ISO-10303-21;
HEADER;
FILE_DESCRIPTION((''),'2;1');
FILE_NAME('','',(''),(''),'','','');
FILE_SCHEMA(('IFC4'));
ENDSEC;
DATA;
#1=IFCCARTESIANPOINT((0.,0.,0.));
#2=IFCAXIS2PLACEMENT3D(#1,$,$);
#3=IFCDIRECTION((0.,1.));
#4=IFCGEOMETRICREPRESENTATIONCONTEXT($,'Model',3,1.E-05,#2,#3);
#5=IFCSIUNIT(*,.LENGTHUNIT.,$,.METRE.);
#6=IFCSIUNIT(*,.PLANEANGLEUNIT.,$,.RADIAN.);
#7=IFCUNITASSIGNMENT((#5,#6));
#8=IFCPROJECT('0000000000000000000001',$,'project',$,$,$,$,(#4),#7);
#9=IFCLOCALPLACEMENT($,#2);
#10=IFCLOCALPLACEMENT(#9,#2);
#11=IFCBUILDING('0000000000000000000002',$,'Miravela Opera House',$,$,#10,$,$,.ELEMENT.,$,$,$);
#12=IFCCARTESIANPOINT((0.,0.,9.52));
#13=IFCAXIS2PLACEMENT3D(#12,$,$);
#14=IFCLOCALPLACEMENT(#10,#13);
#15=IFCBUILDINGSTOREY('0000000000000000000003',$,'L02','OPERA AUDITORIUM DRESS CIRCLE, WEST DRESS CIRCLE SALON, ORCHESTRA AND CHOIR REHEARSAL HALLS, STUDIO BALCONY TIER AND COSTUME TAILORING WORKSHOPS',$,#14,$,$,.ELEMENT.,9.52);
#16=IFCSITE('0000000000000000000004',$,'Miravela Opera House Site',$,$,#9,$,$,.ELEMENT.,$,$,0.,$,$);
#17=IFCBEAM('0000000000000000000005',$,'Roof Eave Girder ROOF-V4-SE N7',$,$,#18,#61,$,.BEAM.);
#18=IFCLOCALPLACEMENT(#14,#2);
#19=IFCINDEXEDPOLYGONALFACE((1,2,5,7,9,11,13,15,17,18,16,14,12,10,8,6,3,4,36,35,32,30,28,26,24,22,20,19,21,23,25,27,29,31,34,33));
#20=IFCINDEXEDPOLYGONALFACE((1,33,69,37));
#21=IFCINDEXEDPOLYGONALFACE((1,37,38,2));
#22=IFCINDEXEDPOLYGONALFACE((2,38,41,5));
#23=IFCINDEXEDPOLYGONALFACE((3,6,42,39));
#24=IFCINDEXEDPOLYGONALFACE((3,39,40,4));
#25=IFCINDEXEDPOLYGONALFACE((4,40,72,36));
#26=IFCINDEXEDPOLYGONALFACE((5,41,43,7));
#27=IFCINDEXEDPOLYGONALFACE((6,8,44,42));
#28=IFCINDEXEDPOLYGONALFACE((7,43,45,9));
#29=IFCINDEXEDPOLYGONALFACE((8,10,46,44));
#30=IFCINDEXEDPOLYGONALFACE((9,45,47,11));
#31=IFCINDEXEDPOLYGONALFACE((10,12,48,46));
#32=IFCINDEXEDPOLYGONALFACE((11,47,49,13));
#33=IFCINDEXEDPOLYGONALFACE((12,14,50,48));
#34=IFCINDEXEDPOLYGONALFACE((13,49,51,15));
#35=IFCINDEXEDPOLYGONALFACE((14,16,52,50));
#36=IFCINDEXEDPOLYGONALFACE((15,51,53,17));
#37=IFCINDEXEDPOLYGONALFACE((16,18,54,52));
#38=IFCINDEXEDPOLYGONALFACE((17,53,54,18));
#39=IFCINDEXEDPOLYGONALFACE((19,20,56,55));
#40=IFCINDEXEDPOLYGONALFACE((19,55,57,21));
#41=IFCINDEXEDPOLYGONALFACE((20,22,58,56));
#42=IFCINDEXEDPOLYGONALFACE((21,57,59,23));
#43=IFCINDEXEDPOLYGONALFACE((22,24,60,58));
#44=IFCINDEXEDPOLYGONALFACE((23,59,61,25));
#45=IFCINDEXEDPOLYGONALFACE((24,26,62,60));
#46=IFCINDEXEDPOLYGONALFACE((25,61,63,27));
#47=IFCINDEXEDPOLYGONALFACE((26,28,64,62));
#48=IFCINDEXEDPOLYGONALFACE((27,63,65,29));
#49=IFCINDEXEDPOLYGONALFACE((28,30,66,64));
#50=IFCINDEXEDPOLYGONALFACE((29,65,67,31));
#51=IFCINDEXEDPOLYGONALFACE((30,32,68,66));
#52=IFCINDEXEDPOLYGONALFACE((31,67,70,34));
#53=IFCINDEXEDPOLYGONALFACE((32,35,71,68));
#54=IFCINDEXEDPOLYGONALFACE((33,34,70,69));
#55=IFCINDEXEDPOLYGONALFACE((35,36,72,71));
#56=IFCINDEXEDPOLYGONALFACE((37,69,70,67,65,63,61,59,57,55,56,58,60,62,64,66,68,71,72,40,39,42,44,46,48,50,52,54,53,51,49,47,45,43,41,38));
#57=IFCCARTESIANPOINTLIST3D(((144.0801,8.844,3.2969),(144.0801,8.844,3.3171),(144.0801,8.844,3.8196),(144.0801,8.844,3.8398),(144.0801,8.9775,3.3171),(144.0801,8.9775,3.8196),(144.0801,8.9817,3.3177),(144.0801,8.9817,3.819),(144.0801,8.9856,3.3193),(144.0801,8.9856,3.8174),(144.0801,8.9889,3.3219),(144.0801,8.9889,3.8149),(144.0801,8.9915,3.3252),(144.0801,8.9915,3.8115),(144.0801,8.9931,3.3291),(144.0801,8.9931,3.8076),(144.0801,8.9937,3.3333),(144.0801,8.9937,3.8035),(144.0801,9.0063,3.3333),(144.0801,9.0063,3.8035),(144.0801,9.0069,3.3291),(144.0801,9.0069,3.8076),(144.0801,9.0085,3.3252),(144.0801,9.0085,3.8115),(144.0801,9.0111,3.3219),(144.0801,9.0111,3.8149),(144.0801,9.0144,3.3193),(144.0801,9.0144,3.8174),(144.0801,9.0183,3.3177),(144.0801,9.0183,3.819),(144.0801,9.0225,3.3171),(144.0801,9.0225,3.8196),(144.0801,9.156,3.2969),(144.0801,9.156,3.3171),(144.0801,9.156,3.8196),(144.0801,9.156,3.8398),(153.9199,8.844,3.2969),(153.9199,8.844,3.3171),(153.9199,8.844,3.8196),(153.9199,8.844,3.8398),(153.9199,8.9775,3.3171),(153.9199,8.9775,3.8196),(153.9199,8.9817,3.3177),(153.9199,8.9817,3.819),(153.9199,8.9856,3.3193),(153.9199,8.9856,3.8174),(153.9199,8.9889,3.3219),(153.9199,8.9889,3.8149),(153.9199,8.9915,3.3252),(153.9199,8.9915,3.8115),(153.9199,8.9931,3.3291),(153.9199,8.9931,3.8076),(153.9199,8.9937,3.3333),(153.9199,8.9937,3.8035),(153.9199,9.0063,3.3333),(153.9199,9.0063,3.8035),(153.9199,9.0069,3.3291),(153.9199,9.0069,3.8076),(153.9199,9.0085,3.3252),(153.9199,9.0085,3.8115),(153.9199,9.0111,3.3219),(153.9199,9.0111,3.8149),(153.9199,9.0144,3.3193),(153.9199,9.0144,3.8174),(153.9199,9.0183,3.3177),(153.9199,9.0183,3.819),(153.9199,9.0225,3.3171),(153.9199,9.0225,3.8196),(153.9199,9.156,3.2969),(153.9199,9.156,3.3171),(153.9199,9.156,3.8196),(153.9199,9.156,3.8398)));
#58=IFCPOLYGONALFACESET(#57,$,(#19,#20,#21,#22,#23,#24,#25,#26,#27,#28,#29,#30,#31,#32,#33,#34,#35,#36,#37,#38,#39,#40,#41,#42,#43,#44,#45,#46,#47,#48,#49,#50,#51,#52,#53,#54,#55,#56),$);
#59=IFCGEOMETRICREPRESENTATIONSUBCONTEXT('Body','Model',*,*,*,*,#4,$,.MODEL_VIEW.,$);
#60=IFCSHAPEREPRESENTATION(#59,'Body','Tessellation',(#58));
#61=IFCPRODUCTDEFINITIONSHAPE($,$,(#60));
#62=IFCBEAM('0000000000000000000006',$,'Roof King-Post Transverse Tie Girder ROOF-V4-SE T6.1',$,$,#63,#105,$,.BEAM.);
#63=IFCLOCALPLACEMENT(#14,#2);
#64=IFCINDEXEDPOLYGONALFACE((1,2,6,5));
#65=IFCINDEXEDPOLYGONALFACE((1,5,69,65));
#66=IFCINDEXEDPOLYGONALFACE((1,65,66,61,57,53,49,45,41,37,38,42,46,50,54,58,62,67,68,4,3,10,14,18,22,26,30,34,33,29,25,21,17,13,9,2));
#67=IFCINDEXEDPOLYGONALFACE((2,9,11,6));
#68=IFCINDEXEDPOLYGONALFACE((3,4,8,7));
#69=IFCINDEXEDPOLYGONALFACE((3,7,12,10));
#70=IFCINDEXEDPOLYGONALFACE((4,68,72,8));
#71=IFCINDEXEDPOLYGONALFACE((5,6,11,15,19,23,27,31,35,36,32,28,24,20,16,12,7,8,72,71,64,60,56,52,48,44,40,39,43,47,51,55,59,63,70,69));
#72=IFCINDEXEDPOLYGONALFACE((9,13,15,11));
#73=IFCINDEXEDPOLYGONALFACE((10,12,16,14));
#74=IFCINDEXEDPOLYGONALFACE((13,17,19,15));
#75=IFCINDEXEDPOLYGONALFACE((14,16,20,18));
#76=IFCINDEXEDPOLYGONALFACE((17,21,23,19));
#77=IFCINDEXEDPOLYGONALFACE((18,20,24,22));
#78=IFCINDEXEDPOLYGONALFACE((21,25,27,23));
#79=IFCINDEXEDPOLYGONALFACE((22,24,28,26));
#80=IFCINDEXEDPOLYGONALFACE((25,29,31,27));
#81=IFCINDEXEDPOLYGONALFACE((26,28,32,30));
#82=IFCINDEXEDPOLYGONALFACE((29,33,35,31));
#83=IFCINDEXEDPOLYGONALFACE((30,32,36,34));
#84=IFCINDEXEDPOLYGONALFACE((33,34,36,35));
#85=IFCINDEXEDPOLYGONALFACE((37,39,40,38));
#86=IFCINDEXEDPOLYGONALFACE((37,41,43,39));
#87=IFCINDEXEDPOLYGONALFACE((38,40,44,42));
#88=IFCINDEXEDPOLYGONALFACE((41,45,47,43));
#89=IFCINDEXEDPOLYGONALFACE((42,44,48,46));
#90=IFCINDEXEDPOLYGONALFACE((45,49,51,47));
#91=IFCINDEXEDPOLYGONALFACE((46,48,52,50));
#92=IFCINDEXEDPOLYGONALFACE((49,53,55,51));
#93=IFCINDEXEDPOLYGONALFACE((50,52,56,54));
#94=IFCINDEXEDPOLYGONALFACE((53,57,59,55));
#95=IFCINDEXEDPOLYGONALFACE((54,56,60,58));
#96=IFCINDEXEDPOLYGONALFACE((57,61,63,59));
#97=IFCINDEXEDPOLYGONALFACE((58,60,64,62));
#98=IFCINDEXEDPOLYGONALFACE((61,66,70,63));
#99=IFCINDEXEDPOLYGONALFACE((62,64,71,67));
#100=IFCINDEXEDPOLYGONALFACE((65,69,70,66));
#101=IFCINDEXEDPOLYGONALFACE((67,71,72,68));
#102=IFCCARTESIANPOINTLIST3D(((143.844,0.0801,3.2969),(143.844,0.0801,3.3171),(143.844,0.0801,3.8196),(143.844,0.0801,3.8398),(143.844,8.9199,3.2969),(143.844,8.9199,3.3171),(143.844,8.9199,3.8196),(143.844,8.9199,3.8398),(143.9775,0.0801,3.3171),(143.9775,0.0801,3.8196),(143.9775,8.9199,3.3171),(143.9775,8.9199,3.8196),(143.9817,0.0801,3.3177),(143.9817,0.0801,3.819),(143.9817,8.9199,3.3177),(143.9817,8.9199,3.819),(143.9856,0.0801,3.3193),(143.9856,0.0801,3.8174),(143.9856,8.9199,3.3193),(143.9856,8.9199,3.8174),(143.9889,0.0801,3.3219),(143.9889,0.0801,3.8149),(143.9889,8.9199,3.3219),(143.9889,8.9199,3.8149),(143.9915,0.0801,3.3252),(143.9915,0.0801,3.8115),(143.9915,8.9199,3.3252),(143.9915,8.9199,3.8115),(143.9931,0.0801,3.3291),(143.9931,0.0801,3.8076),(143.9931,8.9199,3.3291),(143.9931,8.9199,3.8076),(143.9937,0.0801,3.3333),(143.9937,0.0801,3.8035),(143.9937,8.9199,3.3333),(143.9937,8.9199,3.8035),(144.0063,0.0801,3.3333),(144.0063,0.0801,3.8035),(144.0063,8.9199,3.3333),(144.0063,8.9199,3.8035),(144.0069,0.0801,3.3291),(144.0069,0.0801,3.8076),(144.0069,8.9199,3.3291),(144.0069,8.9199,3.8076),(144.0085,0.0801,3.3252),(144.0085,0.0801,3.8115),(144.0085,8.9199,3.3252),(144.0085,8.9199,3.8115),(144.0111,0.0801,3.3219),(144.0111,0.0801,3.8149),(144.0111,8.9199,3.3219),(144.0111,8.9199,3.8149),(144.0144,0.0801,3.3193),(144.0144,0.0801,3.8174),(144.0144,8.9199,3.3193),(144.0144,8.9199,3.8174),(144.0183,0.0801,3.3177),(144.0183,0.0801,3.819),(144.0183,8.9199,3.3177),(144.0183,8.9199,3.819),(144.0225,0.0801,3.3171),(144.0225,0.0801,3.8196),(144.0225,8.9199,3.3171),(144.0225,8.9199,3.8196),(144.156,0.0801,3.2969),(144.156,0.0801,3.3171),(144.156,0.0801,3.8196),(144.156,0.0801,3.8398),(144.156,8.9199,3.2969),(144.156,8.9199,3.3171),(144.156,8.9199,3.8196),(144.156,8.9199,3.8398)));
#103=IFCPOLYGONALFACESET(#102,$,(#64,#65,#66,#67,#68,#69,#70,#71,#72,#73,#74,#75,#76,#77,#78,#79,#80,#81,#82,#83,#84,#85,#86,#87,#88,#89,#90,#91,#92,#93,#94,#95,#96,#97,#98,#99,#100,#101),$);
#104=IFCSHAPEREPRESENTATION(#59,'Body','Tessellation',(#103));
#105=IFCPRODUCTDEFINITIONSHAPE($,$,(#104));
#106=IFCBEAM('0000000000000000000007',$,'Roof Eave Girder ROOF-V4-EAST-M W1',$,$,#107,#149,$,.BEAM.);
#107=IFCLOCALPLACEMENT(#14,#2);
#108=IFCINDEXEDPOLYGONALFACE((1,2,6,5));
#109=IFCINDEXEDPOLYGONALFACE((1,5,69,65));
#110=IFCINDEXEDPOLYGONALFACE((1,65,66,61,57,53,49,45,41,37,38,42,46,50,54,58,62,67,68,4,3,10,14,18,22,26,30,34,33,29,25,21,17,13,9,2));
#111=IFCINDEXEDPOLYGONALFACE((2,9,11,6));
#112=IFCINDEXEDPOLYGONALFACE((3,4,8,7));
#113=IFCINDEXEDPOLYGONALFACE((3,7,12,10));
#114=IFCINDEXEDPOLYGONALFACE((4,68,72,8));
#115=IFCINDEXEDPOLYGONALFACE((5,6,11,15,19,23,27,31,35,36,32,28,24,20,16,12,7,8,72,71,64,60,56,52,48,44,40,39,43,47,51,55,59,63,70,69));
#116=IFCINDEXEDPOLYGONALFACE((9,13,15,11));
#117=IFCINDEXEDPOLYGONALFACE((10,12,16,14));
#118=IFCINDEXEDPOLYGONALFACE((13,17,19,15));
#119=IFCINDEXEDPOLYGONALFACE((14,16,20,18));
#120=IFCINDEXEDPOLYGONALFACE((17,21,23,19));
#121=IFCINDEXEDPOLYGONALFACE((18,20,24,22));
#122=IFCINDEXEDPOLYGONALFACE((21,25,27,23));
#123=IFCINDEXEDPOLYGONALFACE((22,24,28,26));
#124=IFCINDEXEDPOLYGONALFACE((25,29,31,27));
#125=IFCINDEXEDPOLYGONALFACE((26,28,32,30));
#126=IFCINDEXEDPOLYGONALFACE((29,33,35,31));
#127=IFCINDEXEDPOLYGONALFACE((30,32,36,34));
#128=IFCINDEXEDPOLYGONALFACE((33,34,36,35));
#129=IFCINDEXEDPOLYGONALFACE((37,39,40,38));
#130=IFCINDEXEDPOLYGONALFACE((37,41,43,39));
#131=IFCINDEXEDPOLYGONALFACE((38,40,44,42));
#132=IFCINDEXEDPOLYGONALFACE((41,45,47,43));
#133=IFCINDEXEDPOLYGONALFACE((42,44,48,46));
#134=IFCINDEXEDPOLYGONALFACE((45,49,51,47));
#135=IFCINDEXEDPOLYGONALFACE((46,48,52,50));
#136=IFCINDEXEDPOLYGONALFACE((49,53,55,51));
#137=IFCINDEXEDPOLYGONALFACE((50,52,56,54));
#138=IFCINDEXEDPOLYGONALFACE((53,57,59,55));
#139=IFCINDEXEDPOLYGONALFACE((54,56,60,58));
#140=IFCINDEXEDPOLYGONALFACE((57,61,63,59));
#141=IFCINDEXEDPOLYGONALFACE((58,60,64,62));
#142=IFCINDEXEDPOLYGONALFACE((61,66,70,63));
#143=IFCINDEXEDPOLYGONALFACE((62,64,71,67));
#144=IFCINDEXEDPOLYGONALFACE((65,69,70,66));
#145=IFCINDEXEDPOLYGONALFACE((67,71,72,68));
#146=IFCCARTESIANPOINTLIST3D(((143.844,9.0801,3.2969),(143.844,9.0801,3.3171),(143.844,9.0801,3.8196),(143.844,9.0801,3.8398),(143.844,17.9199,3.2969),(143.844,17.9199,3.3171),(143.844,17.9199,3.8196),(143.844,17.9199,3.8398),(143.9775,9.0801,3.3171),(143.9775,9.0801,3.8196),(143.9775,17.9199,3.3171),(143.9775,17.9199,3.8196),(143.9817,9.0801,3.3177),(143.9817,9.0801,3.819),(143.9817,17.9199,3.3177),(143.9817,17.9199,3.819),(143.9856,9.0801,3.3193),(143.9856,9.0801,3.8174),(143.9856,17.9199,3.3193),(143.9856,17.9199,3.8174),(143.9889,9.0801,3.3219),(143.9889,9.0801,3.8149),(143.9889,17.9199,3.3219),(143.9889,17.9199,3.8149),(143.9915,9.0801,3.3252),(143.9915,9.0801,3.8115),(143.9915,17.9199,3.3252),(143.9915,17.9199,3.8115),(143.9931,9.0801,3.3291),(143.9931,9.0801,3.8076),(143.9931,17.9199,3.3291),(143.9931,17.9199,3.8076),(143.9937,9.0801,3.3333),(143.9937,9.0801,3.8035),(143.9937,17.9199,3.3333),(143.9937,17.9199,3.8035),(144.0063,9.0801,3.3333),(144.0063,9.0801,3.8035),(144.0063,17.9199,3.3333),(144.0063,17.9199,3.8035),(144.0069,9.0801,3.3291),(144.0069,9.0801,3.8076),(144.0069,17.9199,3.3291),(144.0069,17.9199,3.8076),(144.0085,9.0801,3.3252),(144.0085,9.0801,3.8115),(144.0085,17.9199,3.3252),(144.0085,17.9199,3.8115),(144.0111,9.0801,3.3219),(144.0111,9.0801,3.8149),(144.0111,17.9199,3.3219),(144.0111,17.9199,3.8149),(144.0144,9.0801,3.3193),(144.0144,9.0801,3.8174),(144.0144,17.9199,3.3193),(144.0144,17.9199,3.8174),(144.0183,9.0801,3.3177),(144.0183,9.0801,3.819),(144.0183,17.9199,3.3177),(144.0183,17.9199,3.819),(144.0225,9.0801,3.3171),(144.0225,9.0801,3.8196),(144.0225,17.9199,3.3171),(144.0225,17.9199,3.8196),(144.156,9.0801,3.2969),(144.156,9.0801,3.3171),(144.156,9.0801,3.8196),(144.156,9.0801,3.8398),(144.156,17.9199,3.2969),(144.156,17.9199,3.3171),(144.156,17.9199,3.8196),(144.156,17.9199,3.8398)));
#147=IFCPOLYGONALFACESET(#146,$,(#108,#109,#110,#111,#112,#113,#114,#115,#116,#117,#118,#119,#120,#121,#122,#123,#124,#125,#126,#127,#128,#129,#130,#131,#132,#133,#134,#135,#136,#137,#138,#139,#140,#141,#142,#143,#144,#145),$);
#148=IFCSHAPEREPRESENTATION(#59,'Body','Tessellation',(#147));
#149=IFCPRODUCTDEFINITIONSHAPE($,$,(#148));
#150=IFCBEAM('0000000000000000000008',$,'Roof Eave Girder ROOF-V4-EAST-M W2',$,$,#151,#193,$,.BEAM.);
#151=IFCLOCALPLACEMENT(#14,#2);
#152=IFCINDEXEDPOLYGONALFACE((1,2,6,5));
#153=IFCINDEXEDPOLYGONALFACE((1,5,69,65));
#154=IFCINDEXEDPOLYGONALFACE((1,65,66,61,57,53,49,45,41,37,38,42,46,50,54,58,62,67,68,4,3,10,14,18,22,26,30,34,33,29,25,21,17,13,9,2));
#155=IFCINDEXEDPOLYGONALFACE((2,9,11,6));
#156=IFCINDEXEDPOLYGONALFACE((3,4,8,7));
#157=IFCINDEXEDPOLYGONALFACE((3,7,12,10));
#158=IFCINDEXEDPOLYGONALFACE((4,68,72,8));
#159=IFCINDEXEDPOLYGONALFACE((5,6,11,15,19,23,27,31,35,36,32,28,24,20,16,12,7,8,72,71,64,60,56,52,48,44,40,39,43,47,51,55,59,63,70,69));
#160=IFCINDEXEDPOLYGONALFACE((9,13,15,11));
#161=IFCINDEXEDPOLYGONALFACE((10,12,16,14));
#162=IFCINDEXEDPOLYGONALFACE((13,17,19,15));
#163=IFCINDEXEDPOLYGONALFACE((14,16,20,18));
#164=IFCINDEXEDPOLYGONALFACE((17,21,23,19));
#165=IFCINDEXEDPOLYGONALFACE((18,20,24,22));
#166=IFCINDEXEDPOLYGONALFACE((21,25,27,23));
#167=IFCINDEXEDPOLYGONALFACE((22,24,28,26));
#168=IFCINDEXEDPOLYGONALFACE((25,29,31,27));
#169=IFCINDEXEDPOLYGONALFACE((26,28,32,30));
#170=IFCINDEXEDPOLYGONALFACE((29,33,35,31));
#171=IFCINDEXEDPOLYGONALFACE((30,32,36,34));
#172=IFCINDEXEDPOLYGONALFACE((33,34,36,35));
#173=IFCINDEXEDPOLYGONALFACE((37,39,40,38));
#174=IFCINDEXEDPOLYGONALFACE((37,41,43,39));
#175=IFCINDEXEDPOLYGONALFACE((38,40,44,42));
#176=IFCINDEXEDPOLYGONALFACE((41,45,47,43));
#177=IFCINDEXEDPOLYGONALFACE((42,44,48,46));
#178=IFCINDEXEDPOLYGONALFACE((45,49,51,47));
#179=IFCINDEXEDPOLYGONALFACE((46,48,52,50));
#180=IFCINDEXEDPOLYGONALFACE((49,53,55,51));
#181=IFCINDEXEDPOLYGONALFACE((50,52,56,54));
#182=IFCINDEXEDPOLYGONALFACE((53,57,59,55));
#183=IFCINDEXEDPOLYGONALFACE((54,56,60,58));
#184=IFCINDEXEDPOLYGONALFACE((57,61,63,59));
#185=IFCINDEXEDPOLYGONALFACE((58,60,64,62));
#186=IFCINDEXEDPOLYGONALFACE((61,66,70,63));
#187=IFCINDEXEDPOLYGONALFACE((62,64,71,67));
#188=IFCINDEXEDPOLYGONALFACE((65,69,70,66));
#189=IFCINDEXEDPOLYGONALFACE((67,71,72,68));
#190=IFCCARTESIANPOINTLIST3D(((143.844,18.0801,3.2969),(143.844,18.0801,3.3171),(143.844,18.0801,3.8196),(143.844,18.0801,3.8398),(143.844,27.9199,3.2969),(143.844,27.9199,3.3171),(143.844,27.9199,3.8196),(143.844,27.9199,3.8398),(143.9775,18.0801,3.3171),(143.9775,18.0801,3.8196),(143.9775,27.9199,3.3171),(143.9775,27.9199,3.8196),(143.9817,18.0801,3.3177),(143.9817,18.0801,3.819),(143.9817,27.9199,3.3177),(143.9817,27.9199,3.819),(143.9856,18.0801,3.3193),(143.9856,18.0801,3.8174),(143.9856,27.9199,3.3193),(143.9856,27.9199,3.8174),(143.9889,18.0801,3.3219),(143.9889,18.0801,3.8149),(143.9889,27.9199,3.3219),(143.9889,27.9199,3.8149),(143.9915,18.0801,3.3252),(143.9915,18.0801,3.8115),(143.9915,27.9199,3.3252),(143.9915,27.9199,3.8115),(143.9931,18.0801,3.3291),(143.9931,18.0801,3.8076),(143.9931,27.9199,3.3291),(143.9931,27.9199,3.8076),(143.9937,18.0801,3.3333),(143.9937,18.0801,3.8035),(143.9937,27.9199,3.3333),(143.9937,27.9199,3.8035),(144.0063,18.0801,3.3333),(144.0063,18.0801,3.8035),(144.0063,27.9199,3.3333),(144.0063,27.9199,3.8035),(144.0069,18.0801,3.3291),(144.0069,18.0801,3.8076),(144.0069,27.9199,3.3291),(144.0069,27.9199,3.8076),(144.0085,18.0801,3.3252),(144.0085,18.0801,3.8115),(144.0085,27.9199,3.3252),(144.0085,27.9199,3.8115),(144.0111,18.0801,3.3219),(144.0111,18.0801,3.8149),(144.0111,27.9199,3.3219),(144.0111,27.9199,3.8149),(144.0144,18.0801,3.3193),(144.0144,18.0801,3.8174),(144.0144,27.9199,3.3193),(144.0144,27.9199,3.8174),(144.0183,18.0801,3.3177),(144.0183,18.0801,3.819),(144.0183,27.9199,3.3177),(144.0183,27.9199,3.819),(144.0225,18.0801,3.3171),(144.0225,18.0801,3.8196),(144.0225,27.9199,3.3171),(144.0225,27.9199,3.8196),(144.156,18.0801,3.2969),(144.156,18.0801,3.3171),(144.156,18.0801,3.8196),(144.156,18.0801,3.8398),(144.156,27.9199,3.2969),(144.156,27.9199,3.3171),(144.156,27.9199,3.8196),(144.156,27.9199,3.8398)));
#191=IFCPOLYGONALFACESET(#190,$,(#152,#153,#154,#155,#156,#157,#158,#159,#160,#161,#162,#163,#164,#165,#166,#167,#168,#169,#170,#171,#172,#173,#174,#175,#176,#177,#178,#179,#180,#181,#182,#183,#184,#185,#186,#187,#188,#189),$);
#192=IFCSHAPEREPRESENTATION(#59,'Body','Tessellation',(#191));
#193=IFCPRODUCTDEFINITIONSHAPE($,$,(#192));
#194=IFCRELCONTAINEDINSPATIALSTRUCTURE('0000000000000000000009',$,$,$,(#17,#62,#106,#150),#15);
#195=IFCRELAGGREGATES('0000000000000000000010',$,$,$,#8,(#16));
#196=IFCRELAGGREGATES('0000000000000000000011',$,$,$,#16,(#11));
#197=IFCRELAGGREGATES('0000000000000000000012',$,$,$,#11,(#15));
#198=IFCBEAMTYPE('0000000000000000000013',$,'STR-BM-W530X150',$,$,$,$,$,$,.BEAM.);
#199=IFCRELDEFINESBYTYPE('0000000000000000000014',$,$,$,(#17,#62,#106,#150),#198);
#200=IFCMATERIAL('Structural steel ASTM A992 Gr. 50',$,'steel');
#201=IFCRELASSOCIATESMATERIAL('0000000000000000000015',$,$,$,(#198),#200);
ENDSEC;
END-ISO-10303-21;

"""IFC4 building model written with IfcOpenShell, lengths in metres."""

from ifc_helpers import new_model, si_unit, direction, frame, origin, origin_2d, place, context, subcontext, project, spatial, i_section, extrude, material, material_profile, profile_set, type_object, element, save


model = new_model("IFC4")

# Units and contexts
model_context = context("Model", 3, precision=1e-05, world=origin(), true_north=direction((0.0, 1.0)))
body_context = subcontext(model_context, "Body", "Model", "MODEL_VIEW")
ifc_project = project(units=[si_unit("LENGTHUNIT", "METRE"), si_unit("PLANEANGLEUNIT", "RADIAN")], contexts=[model_context])

# Site, building, storey
site_placement = place(None, origin())
site = spatial("IfcSite", under=ifc_project, at=site_placement, Name="Miravela Opera House Site", CompositionType="ELEMENT", RefElevation=0.0)
building_placement = place(site_placement, origin())
building = spatial("IfcBuilding", under=site, at=building_placement, Name="Miravela Opera House", CompositionType="ELEMENT")
storey_placement = place(building_placement, frame((0.0, 0.0, 9.52)))
storey = spatial("IfcBuildingStorey", under=building, at=storey_placement, Name="L02", Description="OPERA AUDITORIUM DRESS CIRCLE, WEST DRESS CIRCLE SALON, ORCHESTRA AND CHOIR REHEARSAL HALLS, STUDIO BALCONY TIER AND COSTUME TAILORING WORKSHOPS", CompositionType="ELEMENT", Elevation=9.52)

# Beams
ifc_material_1 = material(Name="Structural steel ASTM A992 Gr. 50", Category="steel")
ifc_material_profile_1 = material_profile(ifc_material_1, i_section(OverallWidth=0.312, OverallDepth=0.543, WebThickness=0.0127, FlangeThickness=0.0203, FilletRadius=0.0161, at=origin_2d()), Name="W530X150")
ifc_profile_set_1 = profile_set([ifc_material_profile_1])
beam_type = type_object("IfcBeamType", Name="STR-BM-W530X150", PredefinedType="BEAM", material=ifc_profile_set_1)
for number, where, z_axis, x_axis, name in (
    (1, (144.0801, 9.0, 3.5684), (1.0, 0.0, 0.0), (0.0, 1.0, 0.0), "Roof Eave Girder ROOF-V4-SE N7"),
):
    element("IfcBeam", number, at=place(storey_placement, frame(where, z_axis=z_axis, x_axis=x_axis)), inside=storey, type_object=beam_type, Name=name, PredefinedType="BEAM", context=body_context, shape_type="SweptSolid", body=[
        extrude(i_section(OverallWidth=0.312, OverallDepth=0.543, WebThickness=0.0127, FlangeThickness=0.0203, FilletRadius=0.0161, at=origin_2d()), origin(), (0.0, 0.0, 1.0), 9.8398),
    ])
for number, where, z_axis, x_axis, name in (
    (2, (144.0, 0.0801, 3.5684), (0.0, 1.0, 0.0), (-1.0, 0.0, 0.0), "Roof King-Post Transverse Tie Girder ROOF-V4-SE T6.1"),
    (3, (144.0, 9.0801, 3.5684), (0.0, 1.0, 0.0), (-1.0, 0.0, 0.0), "Roof Eave Girder ROOF-V4-EAST-M W1"),
):
    element("IfcBeam", number, at=place(storey_placement, frame(where, z_axis=z_axis, x_axis=x_axis)), inside=storey, type_object=beam_type, Name=name, PredefinedType="BEAM", context=body_context, shape_type="SweptSolid", body=[
        extrude(i_section(OverallWidth=0.312, OverallDepth=0.543, WebThickness=0.0127, FlangeThickness=0.0203, FilletRadius=0.0161, at=origin_2d()), origin(), (0.0, 0.0, 1.0), 8.8398),
    ])
for number, where, z_axis, x_axis, name in (
    (4, (144.0, 18.0801, 3.5684), (0.0, 1.0, 0.0), (-1.0, 0.0, 0.0), "Roof Eave Girder ROOF-V4-EAST-M W2"),
):
    element("IfcBeam", number, at=place(storey_placement, frame(where, z_axis=z_axis, x_axis=x_axis)), inside=storey, type_object=beam_type, Name=name, PredefinedType="BEAM", context=body_context, shape_type="SweptSolid", body=[
        extrude(i_section(OverallWidth=0.312, OverallDepth=0.543, WebThickness=0.0127, FlangeThickness=0.0203, FilletRadius=0.0161, at=origin_2d()), origin(), (0.0, 0.0, 1.0), 9.8398),
    ])

save(model, "model.ifc")
